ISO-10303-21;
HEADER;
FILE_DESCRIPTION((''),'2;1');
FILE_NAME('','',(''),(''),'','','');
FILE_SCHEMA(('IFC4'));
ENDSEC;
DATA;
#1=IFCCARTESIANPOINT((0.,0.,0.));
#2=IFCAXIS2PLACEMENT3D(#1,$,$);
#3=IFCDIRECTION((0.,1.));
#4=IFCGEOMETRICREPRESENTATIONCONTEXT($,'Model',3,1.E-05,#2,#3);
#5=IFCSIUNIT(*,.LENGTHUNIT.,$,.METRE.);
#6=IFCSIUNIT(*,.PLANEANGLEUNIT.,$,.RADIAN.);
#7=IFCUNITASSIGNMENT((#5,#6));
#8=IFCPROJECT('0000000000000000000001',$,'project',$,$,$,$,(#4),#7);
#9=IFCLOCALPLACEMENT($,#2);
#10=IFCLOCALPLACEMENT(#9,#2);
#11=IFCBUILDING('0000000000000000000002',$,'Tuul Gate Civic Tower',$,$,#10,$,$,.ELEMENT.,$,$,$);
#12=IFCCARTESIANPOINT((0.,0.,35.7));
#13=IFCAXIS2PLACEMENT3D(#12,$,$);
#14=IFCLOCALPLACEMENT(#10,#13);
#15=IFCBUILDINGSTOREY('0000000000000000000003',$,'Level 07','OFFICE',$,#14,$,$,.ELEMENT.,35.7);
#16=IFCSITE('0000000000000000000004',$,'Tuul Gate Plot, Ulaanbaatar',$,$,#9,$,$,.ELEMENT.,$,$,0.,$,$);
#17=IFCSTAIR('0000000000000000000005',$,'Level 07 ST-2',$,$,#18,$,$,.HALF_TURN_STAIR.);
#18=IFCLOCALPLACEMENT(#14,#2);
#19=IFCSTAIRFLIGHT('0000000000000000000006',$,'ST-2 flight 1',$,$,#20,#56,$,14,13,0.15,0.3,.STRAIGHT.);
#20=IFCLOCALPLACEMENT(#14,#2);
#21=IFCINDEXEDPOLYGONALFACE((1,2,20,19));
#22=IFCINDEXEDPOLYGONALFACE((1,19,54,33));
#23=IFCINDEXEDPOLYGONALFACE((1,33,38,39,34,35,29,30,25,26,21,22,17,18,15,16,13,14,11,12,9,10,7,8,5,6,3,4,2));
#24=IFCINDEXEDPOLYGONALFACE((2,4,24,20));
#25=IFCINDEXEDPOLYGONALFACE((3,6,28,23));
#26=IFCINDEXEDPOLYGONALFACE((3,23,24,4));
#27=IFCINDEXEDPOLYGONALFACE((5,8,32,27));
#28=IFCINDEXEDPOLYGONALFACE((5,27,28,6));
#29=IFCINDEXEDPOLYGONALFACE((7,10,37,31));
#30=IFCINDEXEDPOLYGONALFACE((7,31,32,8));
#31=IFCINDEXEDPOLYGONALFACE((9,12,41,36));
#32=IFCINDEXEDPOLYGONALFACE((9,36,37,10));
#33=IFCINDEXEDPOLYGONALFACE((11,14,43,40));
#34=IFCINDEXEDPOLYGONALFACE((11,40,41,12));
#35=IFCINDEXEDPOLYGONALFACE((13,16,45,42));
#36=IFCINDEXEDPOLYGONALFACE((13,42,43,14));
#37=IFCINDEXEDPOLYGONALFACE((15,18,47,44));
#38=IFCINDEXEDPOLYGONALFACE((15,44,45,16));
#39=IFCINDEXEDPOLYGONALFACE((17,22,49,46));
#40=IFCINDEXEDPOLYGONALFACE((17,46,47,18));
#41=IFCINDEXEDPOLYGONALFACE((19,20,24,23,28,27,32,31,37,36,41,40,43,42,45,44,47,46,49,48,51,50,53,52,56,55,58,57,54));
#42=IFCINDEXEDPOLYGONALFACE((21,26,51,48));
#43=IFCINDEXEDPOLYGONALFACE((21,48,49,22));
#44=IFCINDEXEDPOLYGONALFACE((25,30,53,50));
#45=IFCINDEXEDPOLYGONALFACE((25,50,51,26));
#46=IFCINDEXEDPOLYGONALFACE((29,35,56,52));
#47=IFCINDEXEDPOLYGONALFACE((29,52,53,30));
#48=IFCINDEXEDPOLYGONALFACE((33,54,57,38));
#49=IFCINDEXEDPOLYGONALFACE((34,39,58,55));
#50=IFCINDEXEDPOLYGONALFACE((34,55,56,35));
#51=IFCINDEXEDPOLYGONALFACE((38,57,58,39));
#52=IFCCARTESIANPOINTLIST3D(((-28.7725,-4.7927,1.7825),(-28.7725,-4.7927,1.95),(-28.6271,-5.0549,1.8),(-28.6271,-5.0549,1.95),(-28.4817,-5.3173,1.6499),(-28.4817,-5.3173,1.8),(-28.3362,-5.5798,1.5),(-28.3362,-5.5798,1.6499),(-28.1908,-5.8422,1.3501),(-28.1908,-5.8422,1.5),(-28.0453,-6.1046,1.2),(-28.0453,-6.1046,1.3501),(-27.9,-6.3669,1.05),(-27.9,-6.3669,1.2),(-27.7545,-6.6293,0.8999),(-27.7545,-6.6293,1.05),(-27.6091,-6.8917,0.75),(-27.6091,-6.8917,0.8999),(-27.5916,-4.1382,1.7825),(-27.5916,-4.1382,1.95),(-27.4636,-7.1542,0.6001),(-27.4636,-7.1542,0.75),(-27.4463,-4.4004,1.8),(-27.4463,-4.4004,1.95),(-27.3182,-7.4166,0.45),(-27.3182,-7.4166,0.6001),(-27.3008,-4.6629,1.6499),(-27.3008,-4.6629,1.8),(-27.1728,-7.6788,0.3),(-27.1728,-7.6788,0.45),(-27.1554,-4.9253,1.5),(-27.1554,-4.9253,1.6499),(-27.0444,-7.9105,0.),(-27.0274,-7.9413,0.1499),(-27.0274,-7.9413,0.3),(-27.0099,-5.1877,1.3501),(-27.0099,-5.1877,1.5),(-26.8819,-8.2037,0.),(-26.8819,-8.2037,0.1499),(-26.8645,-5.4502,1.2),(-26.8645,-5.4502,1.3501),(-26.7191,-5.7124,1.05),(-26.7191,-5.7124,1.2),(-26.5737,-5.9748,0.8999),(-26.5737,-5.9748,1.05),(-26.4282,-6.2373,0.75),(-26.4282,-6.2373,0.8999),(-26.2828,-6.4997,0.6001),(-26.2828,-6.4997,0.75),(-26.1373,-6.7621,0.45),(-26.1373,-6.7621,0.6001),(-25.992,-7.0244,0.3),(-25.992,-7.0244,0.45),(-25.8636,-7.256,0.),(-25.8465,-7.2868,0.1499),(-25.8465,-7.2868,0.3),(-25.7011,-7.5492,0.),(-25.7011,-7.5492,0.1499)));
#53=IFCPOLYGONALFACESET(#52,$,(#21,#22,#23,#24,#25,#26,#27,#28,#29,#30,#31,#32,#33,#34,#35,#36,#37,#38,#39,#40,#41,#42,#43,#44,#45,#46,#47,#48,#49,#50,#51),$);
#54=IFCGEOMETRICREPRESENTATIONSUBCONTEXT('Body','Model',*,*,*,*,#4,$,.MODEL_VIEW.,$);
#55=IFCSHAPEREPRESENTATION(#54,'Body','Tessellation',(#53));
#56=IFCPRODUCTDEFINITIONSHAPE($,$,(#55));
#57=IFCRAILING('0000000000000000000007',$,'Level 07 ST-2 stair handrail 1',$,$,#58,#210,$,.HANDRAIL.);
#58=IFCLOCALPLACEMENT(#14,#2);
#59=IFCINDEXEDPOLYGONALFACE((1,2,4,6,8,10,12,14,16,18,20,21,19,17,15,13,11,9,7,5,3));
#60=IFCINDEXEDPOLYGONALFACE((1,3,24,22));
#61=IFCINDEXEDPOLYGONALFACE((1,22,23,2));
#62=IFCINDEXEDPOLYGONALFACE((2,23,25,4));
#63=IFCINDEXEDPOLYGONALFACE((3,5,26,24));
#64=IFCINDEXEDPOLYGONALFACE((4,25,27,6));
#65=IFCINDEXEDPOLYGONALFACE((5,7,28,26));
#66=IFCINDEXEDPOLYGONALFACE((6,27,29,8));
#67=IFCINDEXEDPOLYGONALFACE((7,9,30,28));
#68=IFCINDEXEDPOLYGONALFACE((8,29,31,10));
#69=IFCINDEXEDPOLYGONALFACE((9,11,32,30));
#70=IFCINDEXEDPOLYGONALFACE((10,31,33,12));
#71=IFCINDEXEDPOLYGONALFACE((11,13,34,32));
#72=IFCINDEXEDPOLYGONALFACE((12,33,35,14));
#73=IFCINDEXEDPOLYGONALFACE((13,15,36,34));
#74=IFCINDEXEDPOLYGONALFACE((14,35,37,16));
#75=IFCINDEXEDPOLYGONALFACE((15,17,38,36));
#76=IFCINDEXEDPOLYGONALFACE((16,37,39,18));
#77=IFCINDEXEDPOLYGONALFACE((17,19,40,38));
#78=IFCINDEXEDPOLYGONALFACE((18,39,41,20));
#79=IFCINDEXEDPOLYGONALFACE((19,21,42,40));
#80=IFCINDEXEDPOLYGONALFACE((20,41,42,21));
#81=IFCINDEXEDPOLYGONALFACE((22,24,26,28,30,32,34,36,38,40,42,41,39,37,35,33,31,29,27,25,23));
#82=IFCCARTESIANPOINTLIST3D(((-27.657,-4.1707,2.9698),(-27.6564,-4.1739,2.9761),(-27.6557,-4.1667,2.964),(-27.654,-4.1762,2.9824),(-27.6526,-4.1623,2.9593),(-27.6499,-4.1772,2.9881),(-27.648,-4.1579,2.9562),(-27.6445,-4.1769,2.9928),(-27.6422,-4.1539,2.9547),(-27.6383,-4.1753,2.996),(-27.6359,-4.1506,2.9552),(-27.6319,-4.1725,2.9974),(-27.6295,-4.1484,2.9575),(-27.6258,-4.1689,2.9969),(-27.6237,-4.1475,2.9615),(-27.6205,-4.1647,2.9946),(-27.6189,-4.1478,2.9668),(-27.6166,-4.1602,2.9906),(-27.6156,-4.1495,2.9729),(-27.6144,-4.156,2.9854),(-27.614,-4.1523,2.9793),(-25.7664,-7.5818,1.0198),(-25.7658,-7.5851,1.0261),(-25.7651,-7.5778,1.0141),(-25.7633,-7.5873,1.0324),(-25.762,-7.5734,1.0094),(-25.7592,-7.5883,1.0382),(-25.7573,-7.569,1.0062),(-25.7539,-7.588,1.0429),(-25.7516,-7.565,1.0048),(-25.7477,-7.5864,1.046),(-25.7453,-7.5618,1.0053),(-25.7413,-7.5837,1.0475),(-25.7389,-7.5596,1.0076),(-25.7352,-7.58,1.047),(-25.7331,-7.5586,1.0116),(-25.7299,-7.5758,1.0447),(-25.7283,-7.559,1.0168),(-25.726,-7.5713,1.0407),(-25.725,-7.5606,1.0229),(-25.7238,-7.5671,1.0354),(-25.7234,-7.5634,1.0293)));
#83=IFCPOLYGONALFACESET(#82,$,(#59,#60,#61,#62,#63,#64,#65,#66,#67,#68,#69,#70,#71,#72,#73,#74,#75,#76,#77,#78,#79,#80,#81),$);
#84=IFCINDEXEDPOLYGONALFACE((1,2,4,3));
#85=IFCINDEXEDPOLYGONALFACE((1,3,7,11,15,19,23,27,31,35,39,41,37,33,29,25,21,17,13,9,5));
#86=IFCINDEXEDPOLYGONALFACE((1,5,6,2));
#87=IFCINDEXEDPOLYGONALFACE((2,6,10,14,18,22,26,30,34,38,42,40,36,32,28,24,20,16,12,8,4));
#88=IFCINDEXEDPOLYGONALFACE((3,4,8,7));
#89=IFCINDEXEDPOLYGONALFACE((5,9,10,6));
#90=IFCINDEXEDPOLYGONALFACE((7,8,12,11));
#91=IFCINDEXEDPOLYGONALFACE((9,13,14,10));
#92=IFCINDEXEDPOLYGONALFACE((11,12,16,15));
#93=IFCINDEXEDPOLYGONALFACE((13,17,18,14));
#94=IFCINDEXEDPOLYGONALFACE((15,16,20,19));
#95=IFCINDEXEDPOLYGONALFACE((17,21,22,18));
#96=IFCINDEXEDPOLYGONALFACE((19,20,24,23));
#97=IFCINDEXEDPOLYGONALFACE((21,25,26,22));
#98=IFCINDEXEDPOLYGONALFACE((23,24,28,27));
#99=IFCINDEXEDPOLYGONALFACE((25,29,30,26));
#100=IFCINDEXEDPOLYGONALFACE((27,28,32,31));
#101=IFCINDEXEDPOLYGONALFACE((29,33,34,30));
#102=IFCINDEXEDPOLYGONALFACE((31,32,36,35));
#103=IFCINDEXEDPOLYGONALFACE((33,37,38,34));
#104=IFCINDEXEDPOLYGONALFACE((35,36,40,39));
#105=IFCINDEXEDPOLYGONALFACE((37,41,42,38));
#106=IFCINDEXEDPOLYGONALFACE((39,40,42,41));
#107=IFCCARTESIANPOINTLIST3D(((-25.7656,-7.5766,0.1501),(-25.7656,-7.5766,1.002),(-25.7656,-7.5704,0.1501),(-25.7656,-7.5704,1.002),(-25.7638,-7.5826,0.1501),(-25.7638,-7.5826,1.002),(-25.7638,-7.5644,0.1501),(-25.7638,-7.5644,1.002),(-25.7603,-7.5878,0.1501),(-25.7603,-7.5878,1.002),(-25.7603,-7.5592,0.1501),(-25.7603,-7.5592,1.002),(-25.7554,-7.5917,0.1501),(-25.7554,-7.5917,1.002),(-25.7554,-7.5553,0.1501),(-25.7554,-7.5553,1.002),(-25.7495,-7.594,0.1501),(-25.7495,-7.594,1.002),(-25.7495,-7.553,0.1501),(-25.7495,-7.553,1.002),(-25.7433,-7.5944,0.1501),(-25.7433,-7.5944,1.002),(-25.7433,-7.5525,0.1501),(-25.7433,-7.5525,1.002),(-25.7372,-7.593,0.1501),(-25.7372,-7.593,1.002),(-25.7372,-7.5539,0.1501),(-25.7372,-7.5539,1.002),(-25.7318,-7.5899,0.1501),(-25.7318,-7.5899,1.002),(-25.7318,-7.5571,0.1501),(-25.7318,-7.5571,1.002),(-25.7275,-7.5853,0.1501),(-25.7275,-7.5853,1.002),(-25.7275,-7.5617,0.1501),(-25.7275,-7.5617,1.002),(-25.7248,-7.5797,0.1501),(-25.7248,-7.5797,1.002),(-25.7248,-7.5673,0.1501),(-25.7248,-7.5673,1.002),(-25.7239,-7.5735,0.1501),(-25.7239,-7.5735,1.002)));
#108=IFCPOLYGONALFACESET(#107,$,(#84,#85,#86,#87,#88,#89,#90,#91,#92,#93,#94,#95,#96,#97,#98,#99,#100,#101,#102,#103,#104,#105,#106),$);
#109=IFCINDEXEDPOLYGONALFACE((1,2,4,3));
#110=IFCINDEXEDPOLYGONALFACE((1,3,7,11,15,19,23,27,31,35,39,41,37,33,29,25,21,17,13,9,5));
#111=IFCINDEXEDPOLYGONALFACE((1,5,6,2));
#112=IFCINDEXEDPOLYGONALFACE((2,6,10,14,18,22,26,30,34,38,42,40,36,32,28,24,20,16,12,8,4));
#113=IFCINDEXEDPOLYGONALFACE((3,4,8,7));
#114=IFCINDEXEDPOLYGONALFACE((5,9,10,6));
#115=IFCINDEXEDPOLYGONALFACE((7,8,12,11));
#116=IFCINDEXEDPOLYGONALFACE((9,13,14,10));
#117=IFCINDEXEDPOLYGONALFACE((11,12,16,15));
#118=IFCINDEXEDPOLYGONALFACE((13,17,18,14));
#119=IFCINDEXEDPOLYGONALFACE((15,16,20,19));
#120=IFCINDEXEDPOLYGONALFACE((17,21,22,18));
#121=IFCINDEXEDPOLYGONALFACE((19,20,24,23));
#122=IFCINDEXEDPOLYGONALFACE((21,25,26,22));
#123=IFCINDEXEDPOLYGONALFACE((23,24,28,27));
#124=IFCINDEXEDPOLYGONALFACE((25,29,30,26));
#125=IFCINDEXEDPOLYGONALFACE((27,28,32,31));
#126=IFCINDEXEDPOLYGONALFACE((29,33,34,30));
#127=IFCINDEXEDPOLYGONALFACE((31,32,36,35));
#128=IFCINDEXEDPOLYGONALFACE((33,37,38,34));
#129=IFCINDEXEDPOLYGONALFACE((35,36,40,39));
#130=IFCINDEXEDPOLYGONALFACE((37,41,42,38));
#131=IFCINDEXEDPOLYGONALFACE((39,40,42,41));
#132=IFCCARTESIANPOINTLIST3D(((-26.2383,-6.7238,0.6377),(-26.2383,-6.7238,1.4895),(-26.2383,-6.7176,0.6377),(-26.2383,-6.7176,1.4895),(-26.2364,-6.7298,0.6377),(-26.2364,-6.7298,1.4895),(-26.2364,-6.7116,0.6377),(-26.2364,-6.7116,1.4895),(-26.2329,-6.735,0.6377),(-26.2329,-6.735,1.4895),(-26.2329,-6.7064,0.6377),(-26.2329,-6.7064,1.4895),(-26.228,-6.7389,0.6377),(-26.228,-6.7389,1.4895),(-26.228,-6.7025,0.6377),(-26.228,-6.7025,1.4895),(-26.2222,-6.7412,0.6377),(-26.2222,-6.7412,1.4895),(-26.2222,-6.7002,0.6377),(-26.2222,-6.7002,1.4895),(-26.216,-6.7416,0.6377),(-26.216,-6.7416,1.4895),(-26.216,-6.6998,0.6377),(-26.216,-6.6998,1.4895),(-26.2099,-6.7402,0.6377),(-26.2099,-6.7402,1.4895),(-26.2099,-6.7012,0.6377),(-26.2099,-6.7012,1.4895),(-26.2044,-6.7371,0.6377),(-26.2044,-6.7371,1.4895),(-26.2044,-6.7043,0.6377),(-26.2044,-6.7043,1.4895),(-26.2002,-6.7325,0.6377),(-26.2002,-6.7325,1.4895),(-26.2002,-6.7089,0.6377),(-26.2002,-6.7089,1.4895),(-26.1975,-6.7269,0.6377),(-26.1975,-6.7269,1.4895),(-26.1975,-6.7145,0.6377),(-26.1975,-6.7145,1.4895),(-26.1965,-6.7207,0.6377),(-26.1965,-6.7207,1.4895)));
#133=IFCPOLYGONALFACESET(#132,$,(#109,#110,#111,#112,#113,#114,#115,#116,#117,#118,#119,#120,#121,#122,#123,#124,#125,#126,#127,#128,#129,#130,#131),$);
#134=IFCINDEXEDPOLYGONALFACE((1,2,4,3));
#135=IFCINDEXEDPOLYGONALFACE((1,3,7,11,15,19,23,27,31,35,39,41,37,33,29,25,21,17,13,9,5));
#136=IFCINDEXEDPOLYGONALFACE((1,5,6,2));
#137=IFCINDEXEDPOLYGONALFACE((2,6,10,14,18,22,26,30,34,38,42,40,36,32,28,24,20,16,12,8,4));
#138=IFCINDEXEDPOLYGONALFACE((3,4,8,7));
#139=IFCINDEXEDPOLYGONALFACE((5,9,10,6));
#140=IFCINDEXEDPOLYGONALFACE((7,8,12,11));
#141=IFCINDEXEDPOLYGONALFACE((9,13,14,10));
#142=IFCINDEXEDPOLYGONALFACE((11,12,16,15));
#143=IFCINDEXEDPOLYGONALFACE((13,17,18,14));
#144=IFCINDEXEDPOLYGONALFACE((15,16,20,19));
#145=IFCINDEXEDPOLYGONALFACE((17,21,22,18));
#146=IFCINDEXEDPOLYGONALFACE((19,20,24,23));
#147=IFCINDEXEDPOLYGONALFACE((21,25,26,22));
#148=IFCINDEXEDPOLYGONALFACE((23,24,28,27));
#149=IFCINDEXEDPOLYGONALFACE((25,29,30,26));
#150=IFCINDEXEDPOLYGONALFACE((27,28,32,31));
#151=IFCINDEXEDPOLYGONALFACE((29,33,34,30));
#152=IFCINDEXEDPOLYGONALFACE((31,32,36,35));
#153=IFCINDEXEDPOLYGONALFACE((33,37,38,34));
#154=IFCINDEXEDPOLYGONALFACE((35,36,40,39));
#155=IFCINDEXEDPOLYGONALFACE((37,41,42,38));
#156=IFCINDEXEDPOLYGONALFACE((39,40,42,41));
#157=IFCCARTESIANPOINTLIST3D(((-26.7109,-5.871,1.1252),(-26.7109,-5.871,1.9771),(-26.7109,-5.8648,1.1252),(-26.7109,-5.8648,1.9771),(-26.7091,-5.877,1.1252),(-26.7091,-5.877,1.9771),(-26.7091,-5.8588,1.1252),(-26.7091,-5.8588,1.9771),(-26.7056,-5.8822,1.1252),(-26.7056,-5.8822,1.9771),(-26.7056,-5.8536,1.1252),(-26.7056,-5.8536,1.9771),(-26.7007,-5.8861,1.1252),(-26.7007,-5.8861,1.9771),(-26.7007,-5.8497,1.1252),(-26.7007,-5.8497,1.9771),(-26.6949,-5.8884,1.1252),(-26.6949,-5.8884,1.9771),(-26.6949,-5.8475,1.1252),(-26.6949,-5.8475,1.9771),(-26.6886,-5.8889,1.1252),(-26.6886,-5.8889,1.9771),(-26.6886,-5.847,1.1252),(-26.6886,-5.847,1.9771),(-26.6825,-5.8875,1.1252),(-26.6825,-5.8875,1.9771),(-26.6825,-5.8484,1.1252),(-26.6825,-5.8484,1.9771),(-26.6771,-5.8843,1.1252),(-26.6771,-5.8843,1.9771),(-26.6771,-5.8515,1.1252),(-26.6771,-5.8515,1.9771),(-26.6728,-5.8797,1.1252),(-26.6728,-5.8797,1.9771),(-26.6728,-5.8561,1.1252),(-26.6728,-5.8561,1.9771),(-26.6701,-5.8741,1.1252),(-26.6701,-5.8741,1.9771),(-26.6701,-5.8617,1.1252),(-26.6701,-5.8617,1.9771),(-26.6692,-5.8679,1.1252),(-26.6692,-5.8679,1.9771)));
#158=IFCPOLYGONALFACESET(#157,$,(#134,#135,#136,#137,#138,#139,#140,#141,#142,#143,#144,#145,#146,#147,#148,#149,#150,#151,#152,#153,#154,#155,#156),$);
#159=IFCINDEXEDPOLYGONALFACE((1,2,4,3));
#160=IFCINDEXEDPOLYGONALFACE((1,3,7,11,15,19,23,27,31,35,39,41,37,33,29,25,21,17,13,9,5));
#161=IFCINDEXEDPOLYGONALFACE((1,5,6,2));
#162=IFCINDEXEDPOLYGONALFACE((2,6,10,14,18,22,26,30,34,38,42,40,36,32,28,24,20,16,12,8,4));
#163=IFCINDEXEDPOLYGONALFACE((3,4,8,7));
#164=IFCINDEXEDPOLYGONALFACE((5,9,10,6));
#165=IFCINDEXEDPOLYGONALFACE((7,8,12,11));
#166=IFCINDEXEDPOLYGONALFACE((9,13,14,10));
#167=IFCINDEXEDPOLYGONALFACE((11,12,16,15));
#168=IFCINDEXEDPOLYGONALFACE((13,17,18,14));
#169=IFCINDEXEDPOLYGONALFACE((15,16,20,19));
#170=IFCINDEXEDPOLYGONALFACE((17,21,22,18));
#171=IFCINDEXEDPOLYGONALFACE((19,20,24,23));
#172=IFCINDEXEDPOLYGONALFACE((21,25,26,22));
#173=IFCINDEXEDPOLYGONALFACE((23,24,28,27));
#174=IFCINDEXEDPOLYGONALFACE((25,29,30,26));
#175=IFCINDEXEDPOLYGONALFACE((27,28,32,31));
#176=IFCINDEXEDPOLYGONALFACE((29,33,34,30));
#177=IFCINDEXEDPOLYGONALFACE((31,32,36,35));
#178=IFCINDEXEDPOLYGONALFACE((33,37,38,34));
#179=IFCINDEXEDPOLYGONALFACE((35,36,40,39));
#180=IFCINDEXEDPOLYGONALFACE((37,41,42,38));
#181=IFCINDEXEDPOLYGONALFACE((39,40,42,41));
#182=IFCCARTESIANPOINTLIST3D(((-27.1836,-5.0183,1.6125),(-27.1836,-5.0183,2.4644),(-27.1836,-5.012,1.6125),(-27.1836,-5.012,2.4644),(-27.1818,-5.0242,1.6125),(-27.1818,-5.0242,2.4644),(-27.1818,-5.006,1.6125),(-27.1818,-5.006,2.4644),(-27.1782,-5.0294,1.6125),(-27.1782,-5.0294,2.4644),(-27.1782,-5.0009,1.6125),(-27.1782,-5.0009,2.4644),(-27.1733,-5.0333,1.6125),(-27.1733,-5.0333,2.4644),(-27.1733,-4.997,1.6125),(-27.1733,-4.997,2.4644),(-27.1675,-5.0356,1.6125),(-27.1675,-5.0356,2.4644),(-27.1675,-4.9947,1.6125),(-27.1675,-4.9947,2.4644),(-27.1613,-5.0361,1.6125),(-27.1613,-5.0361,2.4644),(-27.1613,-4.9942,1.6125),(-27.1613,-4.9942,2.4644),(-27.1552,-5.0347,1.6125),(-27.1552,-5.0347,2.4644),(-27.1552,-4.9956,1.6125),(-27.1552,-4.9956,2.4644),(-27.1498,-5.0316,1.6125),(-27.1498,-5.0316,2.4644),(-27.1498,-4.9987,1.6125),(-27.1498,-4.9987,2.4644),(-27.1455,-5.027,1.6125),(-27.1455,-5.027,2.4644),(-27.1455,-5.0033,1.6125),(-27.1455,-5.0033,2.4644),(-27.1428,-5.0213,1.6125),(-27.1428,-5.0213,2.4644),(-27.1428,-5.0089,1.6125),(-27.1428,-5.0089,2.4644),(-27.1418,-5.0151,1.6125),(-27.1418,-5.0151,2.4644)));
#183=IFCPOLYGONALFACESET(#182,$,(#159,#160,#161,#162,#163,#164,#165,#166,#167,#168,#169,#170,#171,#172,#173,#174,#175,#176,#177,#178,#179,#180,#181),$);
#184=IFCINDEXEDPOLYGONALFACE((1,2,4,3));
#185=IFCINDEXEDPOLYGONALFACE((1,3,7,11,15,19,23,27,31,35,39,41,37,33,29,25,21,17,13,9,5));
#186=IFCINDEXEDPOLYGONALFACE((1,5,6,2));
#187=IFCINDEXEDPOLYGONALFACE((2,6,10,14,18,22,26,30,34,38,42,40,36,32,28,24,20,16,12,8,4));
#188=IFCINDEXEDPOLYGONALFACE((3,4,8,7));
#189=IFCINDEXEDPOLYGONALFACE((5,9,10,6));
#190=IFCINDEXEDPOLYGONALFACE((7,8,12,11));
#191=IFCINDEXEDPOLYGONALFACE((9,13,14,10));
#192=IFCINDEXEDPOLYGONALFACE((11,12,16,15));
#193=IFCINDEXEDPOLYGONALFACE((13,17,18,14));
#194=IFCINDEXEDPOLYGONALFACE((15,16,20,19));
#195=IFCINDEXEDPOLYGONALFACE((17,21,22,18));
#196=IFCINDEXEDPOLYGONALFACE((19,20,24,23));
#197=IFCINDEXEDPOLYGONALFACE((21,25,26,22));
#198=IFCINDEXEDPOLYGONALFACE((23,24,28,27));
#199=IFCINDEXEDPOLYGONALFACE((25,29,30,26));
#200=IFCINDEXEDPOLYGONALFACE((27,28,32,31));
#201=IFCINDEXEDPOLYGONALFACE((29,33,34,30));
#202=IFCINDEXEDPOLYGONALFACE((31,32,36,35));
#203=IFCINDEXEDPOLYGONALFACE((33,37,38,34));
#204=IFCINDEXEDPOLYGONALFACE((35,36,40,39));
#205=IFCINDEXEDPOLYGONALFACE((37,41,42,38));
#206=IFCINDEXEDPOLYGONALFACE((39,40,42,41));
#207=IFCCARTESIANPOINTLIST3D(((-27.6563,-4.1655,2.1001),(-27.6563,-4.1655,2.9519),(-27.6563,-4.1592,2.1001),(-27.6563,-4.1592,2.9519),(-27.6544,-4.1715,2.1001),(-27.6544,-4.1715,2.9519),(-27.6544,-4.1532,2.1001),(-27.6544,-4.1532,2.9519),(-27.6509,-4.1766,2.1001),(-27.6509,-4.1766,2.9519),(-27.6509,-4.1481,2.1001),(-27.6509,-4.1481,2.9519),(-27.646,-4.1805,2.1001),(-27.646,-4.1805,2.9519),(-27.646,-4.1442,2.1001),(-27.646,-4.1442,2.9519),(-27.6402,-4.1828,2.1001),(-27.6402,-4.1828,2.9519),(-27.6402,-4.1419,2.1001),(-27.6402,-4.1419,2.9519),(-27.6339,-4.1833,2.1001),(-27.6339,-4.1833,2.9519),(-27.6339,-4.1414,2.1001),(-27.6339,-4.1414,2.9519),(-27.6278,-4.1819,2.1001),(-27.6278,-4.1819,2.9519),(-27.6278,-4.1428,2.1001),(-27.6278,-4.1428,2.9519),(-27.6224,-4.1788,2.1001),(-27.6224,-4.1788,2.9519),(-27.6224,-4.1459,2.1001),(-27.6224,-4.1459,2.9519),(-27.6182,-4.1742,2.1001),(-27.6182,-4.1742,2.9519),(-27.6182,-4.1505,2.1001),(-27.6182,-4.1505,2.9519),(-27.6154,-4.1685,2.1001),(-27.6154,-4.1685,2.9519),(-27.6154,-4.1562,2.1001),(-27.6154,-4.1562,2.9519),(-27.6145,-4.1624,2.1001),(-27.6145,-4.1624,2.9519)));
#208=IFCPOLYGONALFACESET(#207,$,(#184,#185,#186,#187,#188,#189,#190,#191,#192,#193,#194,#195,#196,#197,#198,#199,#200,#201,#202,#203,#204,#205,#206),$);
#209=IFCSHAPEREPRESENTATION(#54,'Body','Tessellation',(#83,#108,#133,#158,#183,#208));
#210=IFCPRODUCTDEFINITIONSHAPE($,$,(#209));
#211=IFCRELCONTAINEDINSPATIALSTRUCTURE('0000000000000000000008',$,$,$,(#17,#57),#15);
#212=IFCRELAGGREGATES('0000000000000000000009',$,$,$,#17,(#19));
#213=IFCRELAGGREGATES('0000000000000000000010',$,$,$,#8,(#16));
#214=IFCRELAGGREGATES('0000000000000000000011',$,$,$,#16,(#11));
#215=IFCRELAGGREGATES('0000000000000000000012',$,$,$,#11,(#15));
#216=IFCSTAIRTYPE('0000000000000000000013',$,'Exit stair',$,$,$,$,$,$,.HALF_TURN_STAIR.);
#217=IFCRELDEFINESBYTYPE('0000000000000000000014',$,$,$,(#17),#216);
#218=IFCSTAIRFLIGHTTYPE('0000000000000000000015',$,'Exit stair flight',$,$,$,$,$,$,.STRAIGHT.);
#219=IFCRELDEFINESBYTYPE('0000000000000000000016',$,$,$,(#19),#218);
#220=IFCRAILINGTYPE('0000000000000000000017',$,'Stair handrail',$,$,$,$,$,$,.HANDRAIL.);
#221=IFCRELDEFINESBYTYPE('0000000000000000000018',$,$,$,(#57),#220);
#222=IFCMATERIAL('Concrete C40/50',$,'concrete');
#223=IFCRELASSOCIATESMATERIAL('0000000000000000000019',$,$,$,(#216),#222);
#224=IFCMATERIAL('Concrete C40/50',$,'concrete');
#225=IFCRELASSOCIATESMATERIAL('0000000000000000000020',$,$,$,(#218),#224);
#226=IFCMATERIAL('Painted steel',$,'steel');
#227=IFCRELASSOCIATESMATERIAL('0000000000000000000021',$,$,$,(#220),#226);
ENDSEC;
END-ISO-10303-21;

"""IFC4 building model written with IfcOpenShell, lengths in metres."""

from ifc_helpers import new_model, si_unit, direction, frame, origin, origin_2d, place, context, subcontext, project, spatial, polyline, circle, outline, extrude, material, type_object, element, aggregate, save


model = new_model("IFC4")

# Units and contexts
model_context = context("Model", 3, precision=1e-05, world=origin(), true_north=direction((0.0, 1.0)))
body_context = subcontext(model_context, "Body", "Model", "MODEL_VIEW")
ifc_project = project(units=[si_unit("LENGTHUNIT", "METRE"), si_unit("PLANEANGLEUNIT", "RADIAN")], contexts=[model_context])

# Site, building, storey
site_placement = place(None, origin())
site = spatial("IfcSite", under=ifc_project, at=site_placement, Name="Tuul Gate Plot, Ulaanbaatar", CompositionType="ELEMENT", RefElevation=0.0)
building_placement = place(site_placement, origin())
building = spatial("IfcBuilding", under=site, at=building_placement, Name="Tuul Gate Civic Tower", CompositionType="ELEMENT")
storey_placement = place(building_placement, frame((0.0, 0.0, 35.7)))
storey = spatial("IfcBuildingStorey", under=building, at=storey_placement, Name="Level 07", Description="OFFICE", CompositionType="ELEMENT", Elevation=35.7)

# Stair, stair flight
ifc_material_1 = material(Name="Concrete C40/50", Category="concrete")
stair_type = type_object("IfcStairType", Name="Exit stair", PredefinedType="HALF_TURN_STAIR", material=ifc_material_1)
stair_placement = place(storey_placement, origin())
stair = element("IfcStair", 1, at=stair_placement, inside=storey, type_object=stair_type, Name="Level 07 ST-2", PredefinedType="HALF_TURN_STAIR")
ifc_material_2 = material(Name="Concrete C40/50", Category="concrete")
stair_flight_type = type_object("IfcStairFlightType", Name="Exit stair flight", PredefinedType="STRAIGHT", material=ifc_material_2)
stair_flight_placement = place(storey_placement, frame((-26.2915, -7.8765, 0.0), z_axis=(0.0, 0.0, 1.0), x_axis=(-0.484762, 0.874646, 0.0)))
stair_flight = element("IfcStairFlight", 2, at=stair_flight_placement, type_object=stair_flight_type, Name="ST-2 flight 1", NumberOfRisers=14, NumberOfTreads=13, PredefinedType="STRAIGHT", RiserHeight=0.15, TreadLength=0.3, context=body_context, shape_type="SweptSolid", body=[
    extrude(outline(polyline([(0.0, 0.0), (0.0, 0.1499), (0.3, 0.1499), (0.3, 0.3), (0.6001, 0.3), (0.6001, 0.45), (0.8999, 0.45), (0.8999, 0.6001), (1.2, 0.6001), (1.2, 0.75), (1.5, 0.75), (1.5, 0.8999), (1.8, 0.8999), (1.8, 1.05), (2.1001, 1.05), (2.1001, 1.2), (2.3999, 1.2), (2.3999, 1.3501), (2.7, 1.3501), (2.7, 1.5), (3.0, 1.5), (3.0, 1.6499), (3.3, 1.6499), (3.3, 1.8), (3.6001, 1.8), (3.6001, 1.95), (3.8999, 1.95), (3.8999, 2.1001), (3.8999, 1.7825), (0.3352, 0.0), (0.0, 0.0)])), frame((0.0, 0.675, 0.0), z_axis=(0.0, -1.0, 0.0), x_axis=(1.0, 0.0, 0.0)), (0.0, 0.0, 1.0), 1.3501),
])
aggregate(stair, [stair_flight])

# Railing
ifc_material_3 = material(Name="Painted steel", Category="steel")
railing_type_1 = type_object("IfcRailingType", Name="Stair handrail", PredefinedType="HANDRAIL", material=ifc_material_3)
railing_1_placement = place(storey_placement, frame((-25.7449, -7.5735, 0.1501)))
element("IfcRailing", 3, at=railing_1_placement, inside=storey, type_object=railing_type_1, Name="Level 07 ST-2 stair handrail 1", PredefinedType="HANDRAIL", context=body_context, shape_type="SweptSolid", body=[
    extrude(circle(Radius=0.0239, at=origin_2d()), frame((0.0, 0.0, 0.876), z_axis=(-0.433595, 0.782308, 0.447201), x_axis=(-0.874641, -0.484771, 0.0)), (0.0, 0.0, 1.0), 4.3604),
    extrude(circle(Radius=0.021, at=origin_2d()), origin(), (0.0, 0.0, 1.0), 0.8518),
    extrude(circle(Radius=0.021, at=origin_2d()), frame((-0.4727, 0.8528, 0.4875)), (0.0, 0.0, 1.0), 0.8518),
    extrude(circle(Radius=0.021, at=origin_2d()), frame((-0.9453, 1.7056, 0.9751)), (0.0, 0.0, 1.0), 0.8518),
    extrude(circle(Radius=0.021, at=origin_2d()), frame((-1.418, 2.5583, 1.4624)), (0.0, 0.0, 1.0), 0.8518),
    extrude(circle(Radius=0.021, at=origin_2d()), frame((-1.8906, 3.4111, 1.95)), (0.0, 0.0, 1.0), 0.8518),
])

save(model, "model.ifc")
